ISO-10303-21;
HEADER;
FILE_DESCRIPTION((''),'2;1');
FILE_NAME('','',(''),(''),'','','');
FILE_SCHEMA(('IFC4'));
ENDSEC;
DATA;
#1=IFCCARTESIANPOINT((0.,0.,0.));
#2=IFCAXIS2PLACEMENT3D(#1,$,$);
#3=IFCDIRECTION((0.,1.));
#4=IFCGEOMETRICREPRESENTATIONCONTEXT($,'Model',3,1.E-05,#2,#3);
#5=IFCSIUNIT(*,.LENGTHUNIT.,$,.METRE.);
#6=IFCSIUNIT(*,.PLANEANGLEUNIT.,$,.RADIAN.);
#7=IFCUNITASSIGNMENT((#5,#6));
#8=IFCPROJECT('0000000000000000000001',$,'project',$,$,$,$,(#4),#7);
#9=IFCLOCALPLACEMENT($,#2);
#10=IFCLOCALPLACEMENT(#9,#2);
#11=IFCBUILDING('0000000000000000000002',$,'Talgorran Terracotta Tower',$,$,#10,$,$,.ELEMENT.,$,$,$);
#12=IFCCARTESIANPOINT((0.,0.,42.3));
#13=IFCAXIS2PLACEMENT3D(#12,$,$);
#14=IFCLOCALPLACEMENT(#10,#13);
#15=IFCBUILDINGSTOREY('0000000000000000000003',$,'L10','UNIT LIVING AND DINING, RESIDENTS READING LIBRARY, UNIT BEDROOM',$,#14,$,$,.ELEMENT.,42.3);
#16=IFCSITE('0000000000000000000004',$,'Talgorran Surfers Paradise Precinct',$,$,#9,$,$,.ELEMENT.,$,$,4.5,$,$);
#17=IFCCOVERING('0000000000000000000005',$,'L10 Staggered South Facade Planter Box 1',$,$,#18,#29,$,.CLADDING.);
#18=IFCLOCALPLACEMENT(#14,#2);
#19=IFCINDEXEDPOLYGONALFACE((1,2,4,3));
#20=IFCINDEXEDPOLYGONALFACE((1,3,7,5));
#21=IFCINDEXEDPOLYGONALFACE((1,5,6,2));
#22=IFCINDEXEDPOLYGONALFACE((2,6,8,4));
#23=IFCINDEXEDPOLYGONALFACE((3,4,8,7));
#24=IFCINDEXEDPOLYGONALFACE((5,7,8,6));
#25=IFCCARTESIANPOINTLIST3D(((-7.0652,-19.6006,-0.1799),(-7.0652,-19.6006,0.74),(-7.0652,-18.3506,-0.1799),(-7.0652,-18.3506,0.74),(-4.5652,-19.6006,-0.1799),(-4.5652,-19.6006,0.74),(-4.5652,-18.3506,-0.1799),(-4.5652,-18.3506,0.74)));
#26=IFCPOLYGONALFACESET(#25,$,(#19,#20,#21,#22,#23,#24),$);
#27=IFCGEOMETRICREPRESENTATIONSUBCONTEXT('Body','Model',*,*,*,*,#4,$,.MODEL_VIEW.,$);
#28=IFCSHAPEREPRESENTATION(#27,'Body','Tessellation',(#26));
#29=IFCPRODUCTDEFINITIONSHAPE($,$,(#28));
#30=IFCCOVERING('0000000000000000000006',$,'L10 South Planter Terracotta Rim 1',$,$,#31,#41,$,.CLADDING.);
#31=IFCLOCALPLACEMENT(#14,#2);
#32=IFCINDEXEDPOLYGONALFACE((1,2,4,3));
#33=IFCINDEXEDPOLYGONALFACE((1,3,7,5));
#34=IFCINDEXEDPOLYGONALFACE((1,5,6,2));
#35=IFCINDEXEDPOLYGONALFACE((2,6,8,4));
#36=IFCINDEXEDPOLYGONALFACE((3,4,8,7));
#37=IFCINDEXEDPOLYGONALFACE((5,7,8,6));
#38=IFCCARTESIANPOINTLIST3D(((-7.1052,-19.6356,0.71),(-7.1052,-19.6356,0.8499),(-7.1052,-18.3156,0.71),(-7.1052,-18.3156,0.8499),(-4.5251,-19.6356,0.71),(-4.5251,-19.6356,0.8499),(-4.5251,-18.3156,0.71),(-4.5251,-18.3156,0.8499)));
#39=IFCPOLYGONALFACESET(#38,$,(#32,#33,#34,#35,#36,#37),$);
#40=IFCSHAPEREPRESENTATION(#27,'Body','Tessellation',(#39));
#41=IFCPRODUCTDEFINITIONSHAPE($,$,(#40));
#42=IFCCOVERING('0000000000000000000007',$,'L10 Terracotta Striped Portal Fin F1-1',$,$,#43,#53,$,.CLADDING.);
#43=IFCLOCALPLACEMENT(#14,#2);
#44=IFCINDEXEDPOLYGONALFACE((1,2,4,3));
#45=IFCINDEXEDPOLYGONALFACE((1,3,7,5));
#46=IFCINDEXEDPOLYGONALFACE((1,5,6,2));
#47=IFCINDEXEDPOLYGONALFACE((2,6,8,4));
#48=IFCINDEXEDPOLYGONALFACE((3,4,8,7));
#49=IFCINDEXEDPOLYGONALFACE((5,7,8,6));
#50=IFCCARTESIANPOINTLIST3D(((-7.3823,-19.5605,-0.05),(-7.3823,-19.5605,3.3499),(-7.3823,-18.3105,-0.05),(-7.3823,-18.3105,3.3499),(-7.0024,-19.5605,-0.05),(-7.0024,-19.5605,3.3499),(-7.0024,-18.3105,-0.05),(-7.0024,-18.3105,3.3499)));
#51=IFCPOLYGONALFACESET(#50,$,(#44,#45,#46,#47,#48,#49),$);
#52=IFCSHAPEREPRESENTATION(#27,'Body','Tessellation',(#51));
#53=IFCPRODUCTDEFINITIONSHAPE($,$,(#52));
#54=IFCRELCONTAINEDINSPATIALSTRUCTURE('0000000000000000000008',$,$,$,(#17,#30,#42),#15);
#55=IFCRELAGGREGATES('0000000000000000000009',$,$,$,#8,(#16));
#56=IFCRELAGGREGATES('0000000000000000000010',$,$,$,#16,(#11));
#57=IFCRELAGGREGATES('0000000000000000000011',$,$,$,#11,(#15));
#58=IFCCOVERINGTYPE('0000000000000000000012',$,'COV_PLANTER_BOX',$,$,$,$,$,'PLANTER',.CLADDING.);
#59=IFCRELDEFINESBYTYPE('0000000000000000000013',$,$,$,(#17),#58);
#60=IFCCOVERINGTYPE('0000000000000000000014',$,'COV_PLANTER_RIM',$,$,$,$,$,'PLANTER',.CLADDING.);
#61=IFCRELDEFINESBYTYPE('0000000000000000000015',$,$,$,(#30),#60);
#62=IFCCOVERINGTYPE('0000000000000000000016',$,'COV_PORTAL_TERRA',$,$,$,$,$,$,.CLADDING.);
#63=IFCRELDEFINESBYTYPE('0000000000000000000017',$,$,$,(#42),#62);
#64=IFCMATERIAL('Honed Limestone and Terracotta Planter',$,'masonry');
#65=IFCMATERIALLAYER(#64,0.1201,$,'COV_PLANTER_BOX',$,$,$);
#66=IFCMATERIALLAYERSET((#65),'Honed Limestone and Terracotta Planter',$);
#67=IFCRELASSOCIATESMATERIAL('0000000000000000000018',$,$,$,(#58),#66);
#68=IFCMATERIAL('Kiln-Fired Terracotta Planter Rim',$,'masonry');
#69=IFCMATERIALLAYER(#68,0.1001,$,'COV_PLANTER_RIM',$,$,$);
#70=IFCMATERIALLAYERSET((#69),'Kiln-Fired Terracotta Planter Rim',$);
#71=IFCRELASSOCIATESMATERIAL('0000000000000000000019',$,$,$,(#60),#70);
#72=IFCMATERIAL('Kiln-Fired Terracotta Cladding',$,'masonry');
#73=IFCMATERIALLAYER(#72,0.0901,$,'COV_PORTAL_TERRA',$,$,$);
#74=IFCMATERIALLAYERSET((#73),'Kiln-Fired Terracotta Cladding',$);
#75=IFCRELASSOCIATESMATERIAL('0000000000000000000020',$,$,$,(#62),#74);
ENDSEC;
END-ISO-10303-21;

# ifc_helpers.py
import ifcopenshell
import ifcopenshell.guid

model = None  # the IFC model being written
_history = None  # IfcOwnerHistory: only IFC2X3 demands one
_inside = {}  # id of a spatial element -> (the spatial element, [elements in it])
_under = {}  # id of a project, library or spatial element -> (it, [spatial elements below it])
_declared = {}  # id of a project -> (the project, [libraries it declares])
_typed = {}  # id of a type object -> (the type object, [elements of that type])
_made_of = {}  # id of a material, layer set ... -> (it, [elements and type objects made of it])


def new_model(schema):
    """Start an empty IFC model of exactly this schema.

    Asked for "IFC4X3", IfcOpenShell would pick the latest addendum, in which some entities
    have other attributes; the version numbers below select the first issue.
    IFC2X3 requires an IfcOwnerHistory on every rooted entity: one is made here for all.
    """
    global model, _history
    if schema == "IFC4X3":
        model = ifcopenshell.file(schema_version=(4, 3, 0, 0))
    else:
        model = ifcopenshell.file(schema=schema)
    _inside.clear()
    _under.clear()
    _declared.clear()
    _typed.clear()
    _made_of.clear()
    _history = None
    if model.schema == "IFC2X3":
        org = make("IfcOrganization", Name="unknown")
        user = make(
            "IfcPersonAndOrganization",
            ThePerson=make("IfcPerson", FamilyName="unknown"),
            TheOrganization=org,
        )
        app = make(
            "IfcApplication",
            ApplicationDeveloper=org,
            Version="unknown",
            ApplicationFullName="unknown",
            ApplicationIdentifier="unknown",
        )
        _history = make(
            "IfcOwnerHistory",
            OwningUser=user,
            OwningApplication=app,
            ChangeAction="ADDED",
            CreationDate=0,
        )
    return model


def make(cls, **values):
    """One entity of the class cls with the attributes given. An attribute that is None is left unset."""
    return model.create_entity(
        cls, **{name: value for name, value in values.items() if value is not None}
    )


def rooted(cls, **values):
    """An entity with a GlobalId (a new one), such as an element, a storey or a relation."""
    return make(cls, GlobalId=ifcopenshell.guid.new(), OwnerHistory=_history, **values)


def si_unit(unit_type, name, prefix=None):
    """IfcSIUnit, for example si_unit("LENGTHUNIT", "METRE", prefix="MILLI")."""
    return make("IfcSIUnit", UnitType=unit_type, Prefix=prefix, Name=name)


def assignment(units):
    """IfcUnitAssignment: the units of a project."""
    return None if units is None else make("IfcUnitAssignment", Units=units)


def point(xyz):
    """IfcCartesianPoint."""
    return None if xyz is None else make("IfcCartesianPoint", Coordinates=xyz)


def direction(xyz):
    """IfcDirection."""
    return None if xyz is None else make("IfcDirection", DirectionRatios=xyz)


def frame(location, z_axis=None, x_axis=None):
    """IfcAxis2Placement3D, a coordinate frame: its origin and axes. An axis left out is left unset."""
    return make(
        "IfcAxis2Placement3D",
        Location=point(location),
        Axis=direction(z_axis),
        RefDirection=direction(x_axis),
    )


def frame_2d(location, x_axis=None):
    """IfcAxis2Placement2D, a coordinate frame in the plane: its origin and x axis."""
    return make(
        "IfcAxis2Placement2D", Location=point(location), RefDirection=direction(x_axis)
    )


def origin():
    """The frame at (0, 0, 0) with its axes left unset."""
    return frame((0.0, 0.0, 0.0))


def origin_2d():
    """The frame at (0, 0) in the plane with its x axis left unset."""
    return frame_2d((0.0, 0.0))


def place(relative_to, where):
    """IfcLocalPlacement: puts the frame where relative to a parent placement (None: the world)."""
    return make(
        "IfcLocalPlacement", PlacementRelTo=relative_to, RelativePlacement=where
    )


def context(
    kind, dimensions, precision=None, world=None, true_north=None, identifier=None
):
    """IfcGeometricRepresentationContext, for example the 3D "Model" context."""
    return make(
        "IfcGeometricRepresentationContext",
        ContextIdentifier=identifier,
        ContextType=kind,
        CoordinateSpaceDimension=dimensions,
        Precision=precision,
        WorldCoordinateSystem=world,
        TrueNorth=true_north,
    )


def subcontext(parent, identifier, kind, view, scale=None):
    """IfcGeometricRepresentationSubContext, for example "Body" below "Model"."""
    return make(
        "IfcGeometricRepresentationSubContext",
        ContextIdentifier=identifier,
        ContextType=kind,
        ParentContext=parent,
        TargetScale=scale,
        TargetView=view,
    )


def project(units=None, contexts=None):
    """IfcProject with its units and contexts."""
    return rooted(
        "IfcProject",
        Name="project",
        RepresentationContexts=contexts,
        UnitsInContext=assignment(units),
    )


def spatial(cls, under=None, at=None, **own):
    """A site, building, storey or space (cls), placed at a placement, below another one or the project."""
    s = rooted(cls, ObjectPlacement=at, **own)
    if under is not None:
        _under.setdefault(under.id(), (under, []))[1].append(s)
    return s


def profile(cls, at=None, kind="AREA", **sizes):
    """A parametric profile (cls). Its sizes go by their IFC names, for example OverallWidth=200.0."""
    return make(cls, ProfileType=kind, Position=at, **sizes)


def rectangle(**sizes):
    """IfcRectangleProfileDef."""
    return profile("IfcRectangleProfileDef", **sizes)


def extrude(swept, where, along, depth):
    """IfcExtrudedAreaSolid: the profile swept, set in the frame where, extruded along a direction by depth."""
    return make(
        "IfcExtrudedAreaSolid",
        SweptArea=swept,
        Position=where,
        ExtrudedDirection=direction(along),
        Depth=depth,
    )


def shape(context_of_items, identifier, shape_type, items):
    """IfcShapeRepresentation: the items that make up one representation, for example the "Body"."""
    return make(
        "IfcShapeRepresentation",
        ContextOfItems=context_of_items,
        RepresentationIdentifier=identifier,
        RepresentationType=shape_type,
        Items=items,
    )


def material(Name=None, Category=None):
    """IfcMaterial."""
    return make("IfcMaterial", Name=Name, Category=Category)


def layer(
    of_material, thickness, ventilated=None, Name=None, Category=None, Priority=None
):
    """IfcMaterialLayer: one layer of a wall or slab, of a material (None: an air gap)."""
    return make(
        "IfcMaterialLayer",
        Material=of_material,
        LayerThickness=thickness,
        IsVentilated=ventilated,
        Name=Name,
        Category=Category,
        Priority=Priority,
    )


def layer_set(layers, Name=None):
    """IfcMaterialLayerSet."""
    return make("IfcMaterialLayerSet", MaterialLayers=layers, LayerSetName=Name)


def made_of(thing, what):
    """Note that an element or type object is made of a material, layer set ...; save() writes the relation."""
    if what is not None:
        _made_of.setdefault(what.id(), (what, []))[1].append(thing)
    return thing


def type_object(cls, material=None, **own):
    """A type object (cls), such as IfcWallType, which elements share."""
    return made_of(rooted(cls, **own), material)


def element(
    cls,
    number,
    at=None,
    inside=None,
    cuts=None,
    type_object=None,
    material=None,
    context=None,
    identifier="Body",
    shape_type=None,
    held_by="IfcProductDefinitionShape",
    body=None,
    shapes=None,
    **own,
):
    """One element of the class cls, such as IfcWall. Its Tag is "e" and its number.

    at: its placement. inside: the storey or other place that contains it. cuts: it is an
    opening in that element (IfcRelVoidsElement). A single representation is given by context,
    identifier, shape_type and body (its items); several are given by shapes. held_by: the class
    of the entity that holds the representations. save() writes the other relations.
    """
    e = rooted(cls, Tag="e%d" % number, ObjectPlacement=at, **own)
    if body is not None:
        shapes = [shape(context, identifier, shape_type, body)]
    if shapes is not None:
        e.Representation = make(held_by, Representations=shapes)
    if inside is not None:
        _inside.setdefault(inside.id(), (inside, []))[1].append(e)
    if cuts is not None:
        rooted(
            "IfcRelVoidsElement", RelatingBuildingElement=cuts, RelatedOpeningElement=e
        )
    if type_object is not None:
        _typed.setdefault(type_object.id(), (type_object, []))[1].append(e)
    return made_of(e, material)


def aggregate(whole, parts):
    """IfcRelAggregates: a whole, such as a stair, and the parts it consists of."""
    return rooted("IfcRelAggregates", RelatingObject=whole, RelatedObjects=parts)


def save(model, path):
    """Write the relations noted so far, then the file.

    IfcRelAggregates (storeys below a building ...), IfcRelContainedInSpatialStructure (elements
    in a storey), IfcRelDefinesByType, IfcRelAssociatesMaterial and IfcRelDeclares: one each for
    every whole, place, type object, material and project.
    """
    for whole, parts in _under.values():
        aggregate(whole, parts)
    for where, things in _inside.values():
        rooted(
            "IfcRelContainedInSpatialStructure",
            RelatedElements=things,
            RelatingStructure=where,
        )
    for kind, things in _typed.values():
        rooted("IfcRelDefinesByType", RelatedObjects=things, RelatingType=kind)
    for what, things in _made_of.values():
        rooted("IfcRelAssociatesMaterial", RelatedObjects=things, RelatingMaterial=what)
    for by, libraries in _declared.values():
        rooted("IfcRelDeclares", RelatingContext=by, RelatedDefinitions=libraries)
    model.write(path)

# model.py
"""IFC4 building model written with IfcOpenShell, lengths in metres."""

from ifc_helpers import new_model, si_unit, direction, frame, origin, origin_2d, place, context, subcontext, project, spatial, rectangle, extrude, material, layer, layer_set, type_object, element, save


model = new_model("IFC4")

# Units and contexts
model_context = context("Model", 3, precision=1e-05, world=origin(), true_north=direction((0.0, 1.0)))
body_context = subcontext(model_context, "Body", "Model", "MODEL_VIEW")
ifc_project = project(units=[si_unit("LENGTHUNIT", "METRE"), si_unit("PLANEANGLEUNIT", "RADIAN")], contexts=[model_context])

# Site, building, storey
site_placement = place(None, origin())
site = spatial("IfcSite", under=ifc_project, at=site_placement, Name="Talgorran Surfers Paradise Precinct", CompositionType="ELEMENT", RefElevation=4.5)
building_placement = place(site_placement, origin())
building = spatial("IfcBuilding", under=site, at=building_placement, Name="Talgorran Terracotta Tower", CompositionType="ELEMENT")
storey_placement = place(building_placement, frame((0.0, 0.0, 42.3)))
storey = spatial("IfcBuildingStorey", under=building, at=storey_placement, Name="L10", Description="UNIT LIVING AND DINING, RESIDENTS READING LIBRARY, UNIT BEDROOM", CompositionType="ELEMENT", Elevation=42.3)

# Coverings
ifc_material_1 = material(Name="Honed Limestone and Terracotta Planter", Category="masonry")
ifc_layer_1 = layer(ifc_material_1, 0.1201, Name="COV_PLANTER_BOX")
ifc_layer_set_1 = layer_set([ifc_layer_1], Name="Honed Limestone and Terracotta Planter")
covering_type_1 = type_object("IfcCoveringType", Name="COV_PLANTER_BOX", ElementType="PLANTER", PredefinedType="CLADDING", material=ifc_layer_set_1)
covering_1_placement = place(storey_placement, frame((-5.8152, -18.9756, -0.1799), z_axis=(0.0, 0.0, 1.0), x_axis=(1.0, 0.0, 0.0)))
element("IfcCovering", 1, at=covering_1_placement, inside=storey, type_object=covering_type_1, Name="L10 Staggered South Facade Planter Box 1", PredefinedType="CLADDING", context=body_context, shape_type="SweptSolid", body=[
    extrude(rectangle(XDim=2.5, YDim=1.25, at=origin_2d()), origin(), (0.0, 0.0, 1.0), 0.9199),
])
ifc_material_2 = material(Name="Kiln-Fired Terracotta Planter Rim", Category="masonry")
ifc_layer_2 = layer(ifc_material_2, 0.1001, Name="COV_PLANTER_RIM")
ifc_layer_set_2 = layer_set([ifc_layer_2], Name="Kiln-Fired Terracotta Planter Rim")
covering_type_2 = type_object("IfcCoveringType", Name="COV_PLANTER_RIM", ElementType="PLANTER", PredefinedType="CLADDING", material=ifc_layer_set_2)
covering_2_placement = place(storey_placement, frame((-5.8152, -18.9756, 0.71), z_axis=(0.0, 0.0, 1.0), x_axis=(1.0, 0.0, 0.0)))
element("IfcCovering", 2, at=covering_2_placement, inside=storey, type_object=covering_type_2, Name="L10 South Planter Terracotta Rim 1", PredefinedType="CLADDING", context=body_context, shape_type="SweptSolid", body=[
    extrude(rectangle(XDim=2.5801, YDim=1.3201, at=origin_2d()), origin(), (0.0, 0.0, 1.0), 0.1399),
])
ifc_material_3 = material(Name="Kiln-Fired Terracotta Cladding", Category="masonry")
ifc_layer_3 = layer(ifc_material_3, 0.0901, Name="COV_PORTAL_TERRA")
ifc_layer_set_3 = layer_set([ifc_layer_3], Name="Kiln-Fired Terracotta Cladding")
covering_type_3 = type_object("IfcCoveringType", Name="COV_PORTAL_TERRA", PredefinedType="CLADDING", material=ifc_layer_set_3)
covering_3_placement = place(storey_placement, frame((-7.1924, -18.9355, -0.05), z_axis=(0.0, 0.0, 1.0), x_axis=(1.0, 0.0, 0.0)))
element("IfcCovering", 3, at=covering_3_placement, inside=storey, type_object=covering_type_3, Name="L10 Terracotta Striped Portal Fin F1-1", PredefinedType="CLADDING", context=body_context, shape_type="SweptSolid", body=[
    extrude(rectangle(XDim=0.3799, YDim=1.25, at=origin_2d()), origin(), (0.0, 0.0, 1.0), 3.3999),
])

save(model, "model.ifc")
